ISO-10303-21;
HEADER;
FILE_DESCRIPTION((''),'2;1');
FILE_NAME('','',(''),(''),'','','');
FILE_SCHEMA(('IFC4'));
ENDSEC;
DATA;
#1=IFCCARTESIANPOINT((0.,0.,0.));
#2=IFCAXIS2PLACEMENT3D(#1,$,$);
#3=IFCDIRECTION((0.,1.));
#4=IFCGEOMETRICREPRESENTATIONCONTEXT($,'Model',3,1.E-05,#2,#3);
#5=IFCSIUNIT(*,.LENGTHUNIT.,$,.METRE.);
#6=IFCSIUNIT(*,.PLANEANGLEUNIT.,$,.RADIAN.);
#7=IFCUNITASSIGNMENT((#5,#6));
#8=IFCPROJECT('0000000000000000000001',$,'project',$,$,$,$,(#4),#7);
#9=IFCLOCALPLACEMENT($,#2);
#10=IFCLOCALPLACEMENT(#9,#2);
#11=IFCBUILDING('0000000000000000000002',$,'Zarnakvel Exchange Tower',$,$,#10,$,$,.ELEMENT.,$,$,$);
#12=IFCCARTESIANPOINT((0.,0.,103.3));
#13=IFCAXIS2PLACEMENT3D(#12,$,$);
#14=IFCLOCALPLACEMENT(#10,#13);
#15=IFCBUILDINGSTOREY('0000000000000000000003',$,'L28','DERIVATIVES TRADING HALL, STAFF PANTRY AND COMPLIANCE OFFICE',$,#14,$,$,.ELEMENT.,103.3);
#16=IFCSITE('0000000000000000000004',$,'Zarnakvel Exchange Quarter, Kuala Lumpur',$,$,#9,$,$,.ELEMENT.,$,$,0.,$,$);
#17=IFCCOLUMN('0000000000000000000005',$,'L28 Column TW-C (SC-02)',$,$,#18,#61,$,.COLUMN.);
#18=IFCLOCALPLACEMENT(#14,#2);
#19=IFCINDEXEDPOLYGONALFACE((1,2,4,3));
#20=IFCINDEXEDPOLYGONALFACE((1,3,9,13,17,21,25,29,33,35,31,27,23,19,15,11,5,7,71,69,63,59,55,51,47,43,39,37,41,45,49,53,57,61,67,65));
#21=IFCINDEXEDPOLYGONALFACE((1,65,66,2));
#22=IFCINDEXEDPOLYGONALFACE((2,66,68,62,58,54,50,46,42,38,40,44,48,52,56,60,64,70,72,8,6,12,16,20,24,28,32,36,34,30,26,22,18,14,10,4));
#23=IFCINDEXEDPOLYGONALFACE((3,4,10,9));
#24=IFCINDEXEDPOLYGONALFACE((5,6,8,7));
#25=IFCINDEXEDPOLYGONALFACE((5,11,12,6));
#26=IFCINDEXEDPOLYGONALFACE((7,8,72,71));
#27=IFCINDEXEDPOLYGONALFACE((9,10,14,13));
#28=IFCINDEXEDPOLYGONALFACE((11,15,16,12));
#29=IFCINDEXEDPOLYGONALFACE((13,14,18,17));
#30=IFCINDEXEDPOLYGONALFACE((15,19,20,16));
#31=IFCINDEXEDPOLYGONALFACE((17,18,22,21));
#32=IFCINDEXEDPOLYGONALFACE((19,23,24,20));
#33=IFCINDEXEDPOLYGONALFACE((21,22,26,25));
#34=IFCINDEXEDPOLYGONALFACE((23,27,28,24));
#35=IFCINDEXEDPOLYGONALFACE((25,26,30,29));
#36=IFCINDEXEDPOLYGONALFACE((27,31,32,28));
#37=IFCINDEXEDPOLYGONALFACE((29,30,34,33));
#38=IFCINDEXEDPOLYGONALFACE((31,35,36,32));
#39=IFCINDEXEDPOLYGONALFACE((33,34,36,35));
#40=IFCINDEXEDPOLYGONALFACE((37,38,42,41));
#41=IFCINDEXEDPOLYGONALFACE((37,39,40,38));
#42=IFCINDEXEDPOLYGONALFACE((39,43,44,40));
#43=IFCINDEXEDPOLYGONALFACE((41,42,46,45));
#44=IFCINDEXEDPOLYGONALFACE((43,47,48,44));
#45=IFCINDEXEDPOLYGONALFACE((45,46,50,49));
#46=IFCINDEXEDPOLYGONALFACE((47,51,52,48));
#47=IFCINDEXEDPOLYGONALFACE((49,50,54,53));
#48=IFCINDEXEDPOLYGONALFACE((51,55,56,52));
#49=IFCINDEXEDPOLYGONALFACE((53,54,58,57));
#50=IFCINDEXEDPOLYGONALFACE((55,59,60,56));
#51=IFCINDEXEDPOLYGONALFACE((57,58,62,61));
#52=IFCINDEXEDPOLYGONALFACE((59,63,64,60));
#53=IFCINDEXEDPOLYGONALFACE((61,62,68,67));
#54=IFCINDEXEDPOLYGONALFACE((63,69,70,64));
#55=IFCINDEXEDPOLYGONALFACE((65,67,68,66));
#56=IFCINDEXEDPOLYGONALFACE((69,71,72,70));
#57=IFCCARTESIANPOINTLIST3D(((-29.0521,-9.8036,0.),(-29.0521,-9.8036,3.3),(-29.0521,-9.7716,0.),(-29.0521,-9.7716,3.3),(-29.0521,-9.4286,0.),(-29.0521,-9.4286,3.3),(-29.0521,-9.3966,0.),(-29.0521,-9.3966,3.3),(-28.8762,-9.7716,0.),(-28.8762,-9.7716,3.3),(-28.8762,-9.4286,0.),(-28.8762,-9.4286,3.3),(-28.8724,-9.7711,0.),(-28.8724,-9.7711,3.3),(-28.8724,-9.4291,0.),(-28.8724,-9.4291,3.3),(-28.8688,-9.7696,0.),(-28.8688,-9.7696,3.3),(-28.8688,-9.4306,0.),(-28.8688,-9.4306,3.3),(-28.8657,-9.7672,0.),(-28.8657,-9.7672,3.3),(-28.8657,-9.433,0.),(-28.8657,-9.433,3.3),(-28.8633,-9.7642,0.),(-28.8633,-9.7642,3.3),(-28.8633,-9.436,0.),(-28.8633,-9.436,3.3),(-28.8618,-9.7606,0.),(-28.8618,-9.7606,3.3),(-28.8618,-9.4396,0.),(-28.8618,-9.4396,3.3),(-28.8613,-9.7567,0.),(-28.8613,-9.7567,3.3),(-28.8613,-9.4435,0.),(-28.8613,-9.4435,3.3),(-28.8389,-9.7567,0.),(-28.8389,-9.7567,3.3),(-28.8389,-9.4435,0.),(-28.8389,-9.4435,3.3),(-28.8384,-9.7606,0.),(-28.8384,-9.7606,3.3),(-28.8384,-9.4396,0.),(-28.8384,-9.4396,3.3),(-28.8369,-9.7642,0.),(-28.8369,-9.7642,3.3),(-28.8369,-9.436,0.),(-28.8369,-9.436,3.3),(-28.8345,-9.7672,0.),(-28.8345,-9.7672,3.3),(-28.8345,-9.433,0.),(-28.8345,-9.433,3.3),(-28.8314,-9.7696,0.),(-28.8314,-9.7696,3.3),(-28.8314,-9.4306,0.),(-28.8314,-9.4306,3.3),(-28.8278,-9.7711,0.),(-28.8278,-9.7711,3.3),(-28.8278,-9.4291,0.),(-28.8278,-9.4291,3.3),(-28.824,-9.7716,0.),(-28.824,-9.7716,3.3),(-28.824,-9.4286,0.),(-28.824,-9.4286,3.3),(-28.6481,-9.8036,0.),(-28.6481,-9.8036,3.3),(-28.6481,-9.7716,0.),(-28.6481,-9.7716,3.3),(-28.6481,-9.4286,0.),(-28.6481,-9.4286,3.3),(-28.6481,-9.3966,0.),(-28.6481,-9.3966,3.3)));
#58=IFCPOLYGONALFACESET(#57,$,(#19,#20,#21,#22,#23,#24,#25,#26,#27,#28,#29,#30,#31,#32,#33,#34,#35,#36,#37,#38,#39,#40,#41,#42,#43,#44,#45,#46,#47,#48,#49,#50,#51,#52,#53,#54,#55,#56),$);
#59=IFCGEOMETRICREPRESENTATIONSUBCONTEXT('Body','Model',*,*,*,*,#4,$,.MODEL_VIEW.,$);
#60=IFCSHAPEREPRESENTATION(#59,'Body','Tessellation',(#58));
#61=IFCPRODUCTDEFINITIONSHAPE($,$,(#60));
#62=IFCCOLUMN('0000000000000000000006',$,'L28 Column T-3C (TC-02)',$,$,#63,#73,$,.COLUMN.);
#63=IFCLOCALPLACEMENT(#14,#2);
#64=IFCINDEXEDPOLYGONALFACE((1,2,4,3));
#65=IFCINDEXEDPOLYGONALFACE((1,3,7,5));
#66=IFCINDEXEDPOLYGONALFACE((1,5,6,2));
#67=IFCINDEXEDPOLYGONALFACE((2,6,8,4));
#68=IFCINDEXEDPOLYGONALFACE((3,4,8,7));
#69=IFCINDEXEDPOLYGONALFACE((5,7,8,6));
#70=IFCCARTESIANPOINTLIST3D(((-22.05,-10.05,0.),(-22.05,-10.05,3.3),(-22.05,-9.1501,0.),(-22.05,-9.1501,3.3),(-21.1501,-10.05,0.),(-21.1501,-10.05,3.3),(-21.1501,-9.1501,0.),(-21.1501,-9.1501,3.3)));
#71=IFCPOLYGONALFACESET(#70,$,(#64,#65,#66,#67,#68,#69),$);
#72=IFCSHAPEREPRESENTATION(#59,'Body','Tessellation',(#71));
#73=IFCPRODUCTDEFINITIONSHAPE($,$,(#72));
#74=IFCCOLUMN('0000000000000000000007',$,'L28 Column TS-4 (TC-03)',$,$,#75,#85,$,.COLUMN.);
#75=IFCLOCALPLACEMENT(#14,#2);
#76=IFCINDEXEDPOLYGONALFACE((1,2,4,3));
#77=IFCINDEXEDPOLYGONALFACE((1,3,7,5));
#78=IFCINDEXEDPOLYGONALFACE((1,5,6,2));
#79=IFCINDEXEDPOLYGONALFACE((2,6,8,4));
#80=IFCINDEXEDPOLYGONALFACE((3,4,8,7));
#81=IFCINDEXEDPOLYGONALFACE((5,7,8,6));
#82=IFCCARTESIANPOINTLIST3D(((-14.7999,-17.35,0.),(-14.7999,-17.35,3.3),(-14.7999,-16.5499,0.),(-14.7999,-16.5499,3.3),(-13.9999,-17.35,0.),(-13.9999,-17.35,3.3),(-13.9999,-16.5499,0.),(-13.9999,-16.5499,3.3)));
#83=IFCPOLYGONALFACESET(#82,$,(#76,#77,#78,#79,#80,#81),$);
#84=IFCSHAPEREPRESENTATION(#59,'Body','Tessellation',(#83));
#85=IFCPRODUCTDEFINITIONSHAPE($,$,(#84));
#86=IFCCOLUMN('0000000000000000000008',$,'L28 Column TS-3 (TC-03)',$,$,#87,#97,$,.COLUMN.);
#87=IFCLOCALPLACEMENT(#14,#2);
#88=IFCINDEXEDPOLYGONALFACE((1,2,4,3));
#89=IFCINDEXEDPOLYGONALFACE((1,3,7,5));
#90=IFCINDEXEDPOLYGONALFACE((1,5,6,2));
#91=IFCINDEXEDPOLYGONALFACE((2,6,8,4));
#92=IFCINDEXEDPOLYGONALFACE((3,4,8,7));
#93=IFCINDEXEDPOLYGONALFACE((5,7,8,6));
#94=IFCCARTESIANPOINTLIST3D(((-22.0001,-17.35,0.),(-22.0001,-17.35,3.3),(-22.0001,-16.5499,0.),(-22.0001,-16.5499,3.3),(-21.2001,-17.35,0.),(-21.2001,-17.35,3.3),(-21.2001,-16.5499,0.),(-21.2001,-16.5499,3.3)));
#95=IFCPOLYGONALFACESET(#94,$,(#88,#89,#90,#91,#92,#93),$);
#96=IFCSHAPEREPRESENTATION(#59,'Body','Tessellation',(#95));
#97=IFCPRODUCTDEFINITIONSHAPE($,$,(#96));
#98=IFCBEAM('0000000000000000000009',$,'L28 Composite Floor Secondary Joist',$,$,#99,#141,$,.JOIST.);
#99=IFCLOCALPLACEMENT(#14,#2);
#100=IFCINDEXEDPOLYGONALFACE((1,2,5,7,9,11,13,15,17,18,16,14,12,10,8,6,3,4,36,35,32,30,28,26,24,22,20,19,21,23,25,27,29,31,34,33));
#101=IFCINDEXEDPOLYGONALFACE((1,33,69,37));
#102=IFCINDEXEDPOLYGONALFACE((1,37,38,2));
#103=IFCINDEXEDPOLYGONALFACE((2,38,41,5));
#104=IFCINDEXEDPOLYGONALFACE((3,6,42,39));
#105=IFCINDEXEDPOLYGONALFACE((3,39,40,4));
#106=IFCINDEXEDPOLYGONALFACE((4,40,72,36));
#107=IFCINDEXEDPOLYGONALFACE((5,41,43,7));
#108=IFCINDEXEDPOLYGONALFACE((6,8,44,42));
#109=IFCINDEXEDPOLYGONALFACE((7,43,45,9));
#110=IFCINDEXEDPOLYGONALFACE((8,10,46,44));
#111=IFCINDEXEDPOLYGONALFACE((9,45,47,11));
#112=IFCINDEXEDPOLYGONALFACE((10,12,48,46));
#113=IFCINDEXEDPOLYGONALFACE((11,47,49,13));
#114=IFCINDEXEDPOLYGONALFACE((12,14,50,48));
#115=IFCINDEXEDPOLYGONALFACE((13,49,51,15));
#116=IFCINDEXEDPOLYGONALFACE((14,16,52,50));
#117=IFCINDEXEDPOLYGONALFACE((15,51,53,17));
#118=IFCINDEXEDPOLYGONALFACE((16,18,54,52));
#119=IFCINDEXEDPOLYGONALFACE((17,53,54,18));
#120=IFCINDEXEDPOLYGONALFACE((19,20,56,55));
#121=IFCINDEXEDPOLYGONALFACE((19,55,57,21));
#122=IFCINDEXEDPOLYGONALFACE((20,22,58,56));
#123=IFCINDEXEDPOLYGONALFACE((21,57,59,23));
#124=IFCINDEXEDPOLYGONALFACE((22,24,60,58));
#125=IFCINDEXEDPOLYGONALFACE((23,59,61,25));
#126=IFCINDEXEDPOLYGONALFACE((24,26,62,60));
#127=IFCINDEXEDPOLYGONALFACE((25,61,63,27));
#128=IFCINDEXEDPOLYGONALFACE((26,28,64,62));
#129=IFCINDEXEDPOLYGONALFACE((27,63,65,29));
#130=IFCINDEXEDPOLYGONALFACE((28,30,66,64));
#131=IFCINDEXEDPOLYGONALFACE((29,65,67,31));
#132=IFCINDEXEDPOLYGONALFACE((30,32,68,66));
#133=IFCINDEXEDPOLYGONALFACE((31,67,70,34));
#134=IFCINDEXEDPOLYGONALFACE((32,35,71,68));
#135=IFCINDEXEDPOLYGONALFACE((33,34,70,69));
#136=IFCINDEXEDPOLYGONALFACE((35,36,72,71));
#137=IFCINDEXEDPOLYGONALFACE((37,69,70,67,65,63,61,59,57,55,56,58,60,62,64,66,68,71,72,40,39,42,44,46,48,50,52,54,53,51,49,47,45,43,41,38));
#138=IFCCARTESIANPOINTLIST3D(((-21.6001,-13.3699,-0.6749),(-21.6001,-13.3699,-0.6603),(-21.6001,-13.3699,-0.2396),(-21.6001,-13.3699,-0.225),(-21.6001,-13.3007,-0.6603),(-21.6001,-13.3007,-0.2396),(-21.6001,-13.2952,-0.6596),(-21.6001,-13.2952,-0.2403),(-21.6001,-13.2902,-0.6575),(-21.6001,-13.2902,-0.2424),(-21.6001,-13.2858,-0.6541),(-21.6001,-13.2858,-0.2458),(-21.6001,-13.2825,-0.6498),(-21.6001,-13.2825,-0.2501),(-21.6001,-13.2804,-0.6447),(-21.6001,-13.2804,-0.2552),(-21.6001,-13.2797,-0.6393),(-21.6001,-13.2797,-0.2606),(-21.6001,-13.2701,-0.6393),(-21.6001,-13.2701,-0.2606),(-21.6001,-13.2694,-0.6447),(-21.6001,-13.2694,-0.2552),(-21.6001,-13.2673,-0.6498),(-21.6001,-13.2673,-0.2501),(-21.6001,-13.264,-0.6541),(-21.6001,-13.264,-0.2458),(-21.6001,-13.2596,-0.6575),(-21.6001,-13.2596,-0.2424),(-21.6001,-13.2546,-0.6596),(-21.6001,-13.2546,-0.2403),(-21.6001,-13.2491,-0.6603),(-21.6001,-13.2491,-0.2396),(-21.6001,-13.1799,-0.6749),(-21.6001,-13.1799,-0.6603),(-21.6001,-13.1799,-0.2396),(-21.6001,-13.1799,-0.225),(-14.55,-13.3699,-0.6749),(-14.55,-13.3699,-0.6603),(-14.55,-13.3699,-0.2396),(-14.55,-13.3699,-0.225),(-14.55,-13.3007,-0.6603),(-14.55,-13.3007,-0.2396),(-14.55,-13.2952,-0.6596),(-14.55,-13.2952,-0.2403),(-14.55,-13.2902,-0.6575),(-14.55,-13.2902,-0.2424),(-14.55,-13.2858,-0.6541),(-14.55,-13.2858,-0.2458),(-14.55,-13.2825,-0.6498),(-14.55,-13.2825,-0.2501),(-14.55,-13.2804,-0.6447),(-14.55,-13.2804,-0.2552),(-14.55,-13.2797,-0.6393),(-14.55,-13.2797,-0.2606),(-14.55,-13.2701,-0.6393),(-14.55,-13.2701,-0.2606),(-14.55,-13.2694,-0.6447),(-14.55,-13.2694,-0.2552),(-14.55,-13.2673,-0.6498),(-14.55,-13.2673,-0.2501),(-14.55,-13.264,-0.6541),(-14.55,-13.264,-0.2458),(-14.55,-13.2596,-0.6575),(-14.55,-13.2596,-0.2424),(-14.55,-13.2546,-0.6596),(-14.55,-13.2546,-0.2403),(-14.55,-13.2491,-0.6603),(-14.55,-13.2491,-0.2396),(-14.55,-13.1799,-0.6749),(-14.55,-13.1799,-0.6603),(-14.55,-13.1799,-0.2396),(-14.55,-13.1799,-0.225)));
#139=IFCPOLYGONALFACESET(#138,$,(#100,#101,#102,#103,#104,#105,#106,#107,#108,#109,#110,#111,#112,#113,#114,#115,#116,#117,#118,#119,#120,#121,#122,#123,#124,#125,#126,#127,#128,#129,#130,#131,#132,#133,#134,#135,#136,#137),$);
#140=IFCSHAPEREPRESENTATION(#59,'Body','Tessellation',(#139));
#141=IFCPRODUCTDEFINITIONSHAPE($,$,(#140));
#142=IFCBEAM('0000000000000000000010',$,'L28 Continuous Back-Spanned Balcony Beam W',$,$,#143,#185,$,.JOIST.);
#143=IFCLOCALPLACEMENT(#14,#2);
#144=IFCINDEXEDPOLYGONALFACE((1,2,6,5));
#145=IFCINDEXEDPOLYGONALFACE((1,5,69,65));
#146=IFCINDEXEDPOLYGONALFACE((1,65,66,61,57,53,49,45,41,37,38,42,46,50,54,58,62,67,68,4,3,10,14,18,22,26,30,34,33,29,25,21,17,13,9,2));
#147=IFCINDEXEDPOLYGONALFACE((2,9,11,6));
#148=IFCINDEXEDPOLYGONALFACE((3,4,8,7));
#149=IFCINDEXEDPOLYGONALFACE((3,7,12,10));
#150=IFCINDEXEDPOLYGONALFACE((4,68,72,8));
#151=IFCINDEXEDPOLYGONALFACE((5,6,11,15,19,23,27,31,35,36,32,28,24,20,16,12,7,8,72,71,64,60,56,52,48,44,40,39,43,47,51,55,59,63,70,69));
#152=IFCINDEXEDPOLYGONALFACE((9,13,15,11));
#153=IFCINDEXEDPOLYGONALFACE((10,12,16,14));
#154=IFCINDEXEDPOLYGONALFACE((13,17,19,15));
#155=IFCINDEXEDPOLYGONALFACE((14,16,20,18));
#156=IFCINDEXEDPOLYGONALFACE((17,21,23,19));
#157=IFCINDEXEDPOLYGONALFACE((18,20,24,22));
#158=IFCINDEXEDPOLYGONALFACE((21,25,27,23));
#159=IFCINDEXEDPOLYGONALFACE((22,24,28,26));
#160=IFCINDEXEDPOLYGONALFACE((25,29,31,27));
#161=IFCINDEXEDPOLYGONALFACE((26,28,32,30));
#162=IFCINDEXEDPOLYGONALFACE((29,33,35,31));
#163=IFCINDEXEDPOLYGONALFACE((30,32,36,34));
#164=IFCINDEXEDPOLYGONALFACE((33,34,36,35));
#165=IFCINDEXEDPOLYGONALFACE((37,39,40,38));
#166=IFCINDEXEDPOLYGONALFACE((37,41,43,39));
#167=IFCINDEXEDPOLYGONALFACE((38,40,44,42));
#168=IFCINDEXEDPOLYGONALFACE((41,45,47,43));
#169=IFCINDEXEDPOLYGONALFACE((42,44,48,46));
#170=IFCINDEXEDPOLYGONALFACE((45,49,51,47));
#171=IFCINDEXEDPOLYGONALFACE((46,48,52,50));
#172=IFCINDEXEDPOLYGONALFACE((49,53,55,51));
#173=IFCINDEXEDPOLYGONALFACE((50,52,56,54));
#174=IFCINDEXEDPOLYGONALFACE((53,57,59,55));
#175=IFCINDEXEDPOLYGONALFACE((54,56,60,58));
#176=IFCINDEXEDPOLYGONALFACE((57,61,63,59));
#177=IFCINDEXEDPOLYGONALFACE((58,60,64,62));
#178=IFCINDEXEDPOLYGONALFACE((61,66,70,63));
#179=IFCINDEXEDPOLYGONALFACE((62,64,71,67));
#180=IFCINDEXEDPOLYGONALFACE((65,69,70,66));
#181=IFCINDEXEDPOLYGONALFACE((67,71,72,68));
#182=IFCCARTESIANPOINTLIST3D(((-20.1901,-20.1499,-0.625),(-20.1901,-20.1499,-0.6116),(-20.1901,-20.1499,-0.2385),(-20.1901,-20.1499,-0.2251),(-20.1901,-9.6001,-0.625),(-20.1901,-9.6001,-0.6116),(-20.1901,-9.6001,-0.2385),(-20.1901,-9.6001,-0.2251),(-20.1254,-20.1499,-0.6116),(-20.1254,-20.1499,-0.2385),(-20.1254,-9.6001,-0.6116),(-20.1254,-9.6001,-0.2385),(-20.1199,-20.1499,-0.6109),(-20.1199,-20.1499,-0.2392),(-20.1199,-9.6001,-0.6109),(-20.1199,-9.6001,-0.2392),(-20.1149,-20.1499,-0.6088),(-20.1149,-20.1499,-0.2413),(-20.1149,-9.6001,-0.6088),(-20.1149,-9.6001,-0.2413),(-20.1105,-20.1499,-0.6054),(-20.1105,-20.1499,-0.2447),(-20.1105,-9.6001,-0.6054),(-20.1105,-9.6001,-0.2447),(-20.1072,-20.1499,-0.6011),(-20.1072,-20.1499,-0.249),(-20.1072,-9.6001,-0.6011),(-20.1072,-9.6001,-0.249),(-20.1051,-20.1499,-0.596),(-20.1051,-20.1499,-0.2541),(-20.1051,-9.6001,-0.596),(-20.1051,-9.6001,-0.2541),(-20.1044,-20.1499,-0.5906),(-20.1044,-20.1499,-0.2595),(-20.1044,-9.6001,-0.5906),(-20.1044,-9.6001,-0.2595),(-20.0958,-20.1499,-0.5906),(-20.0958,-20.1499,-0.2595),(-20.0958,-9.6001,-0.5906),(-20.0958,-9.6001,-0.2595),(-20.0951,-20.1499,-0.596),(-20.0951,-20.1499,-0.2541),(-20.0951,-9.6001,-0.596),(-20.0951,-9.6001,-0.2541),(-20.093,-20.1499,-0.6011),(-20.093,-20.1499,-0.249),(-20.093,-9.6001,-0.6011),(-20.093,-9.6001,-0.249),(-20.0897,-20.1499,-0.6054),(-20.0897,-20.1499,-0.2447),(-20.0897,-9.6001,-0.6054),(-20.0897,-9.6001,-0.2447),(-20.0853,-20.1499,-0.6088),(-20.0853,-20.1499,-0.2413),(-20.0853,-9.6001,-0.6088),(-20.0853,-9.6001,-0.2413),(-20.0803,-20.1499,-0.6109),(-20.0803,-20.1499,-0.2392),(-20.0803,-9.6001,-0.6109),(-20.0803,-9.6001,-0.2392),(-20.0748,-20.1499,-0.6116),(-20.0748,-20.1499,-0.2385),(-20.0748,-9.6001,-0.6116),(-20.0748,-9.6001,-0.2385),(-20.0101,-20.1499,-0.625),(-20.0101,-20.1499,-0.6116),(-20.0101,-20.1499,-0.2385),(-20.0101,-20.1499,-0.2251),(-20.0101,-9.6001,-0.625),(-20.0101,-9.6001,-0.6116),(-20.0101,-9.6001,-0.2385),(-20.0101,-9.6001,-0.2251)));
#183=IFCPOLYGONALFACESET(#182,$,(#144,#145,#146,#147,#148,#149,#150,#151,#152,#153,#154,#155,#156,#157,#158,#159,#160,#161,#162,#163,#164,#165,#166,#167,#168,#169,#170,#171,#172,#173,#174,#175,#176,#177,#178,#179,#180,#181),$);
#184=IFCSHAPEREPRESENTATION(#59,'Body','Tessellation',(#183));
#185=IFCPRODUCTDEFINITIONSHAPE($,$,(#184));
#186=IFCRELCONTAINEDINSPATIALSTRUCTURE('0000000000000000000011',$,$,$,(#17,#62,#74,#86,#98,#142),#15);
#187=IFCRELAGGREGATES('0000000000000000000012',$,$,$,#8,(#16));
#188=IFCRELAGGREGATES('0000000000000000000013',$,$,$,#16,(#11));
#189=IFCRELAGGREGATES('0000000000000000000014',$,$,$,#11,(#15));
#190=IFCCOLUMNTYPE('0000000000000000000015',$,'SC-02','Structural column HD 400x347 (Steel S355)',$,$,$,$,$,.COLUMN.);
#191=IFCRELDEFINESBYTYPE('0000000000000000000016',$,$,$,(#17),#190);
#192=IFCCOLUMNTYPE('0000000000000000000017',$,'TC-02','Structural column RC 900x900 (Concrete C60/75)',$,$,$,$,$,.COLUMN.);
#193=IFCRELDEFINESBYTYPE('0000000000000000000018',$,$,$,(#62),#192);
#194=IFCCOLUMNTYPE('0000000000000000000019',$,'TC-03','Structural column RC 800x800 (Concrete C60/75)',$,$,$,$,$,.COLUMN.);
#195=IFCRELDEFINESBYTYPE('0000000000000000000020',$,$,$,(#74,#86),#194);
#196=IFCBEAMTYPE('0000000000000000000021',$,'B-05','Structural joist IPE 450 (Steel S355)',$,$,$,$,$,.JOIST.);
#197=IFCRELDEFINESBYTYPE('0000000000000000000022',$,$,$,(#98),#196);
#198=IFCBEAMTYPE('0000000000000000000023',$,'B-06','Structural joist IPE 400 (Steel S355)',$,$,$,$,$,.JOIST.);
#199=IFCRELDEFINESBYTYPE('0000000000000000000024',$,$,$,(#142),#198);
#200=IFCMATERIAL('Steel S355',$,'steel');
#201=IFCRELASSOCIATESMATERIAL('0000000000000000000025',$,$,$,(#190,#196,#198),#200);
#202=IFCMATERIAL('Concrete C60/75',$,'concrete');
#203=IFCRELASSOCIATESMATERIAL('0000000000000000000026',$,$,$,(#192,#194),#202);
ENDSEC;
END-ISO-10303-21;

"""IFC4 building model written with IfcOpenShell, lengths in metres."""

from ifc_helpers import new_model, si_unit, direction, frame, origin, origin_2d, place, context, subcontext, project, spatial, rectangle, i_section, extrude, material, material_profile, profile_set, type_object, element, save


model = new_model("IFC4")

# Units and contexts
model_context = context("Model", 3, precision=1e-05, world=origin(), true_north=direction((0.0, 1.0)))
body_context = subcontext(model_context, "Body", "Model", "MODEL_VIEW")
ifc_project = project(units=[si_unit("LENGTHUNIT", "METRE"), si_unit("PLANEANGLEUNIT", "RADIAN")], contexts=[model_context])

# Site, building, storey
site_placement = place(None, origin())
site = spatial("IfcSite", under=ifc_project, at=site_placement, Name="Zarnakvel Exchange Quarter, Kuala Lumpur", CompositionType="ELEMENT", RefElevation=0.0)
building_placement = place(site_placement, origin())
building = spatial("IfcBuilding", under=site, at=building_placement, Name="Zarnakvel Exchange Tower", CompositionType="ELEMENT")
storey_placement = place(building_placement, frame((0.0, 0.0, 103.3)))
storey = spatial("IfcBuildingStorey", under=building, at=storey_placement, Name="L28", Description="DERIVATIVES TRADING HALL, STAFF PANTRY AND COMPLIANCE OFFICE", CompositionType="ELEMENT", Elevation=103.3)

# Columns
ifc_material_1 = material(Name="Steel S355", Category="steel")
ifc_material_profile_1 = material_profile(ifc_material_1, i_section(OverallWidth=0.4041, OverallDepth=0.407, WebThickness=0.0225, FlangeThickness=0.032, FilletRadius=0.0149, at=origin_2d()))
ifc_profile_set_1 = profile_set([ifc_material_profile_1], Name="Steel S355")
column_type_1 = type_object("IfcColumnType", Name="SC-02", Description="Structural column HD 400x347 (Steel S355)", PredefinedType="COLUMN", material=ifc_profile_set_1)
column_1_placement = place(storey_placement, frame((-28.8501, -9.6001, 0.0), z_axis=(0.0, 0.0, 1.0), x_axis=(1.0, 0.0, 0.0)))
element("IfcColumn", 1, at=column_1_placement, inside=storey, type_object=column_type_1, Name="L28 Column TW-C (SC-02)", PredefinedType="COLUMN", context=body_context, shape_type="SweptSolid", body=[
    extrude(i_section(OverallWidth=0.4041, OverallDepth=0.407, WebThickness=0.0225, FlangeThickness=0.032, FilletRadius=0.0149, at=origin_2d()), origin(), (0.0, 0.0, 1.0), 3.3),
])
ifc_material_2 = material(Name="Concrete C60/75", Category="concrete")
ifc_material_profile_2 = material_profile(ifc_material_2, rectangle(XDim=0.8999, YDim=0.8999, at=origin_2d()))
ifc_profile_set_2 = profile_set([ifc_material_profile_2], Name="Concrete C60/75")
column_type_2 = type_object("IfcColumnType", Name="TC-02", Description="Structural column RC 900x900 (Concrete C60/75)", PredefinedType="COLUMN", material=ifc_profile_set_2)
column_2_placement = place(storey_placement, frame((-21.6001, -9.6001, 0.0), z_axis=(0.0, 0.0, 1.0), x_axis=(1.0, 0.0, 0.0)))
element("IfcColumn", 2, at=column_2_placement, inside=storey, type_object=column_type_2, Name="L28 Column T-3C (TC-02)", PredefinedType="COLUMN", context=body_context, shape_type="SweptSolid", body=[
    extrude(rectangle(XDim=0.8999, YDim=0.8999, at=origin_2d()), origin(), (0.0, 0.0, 1.0), 3.3),
])
ifc_material_profile_3 = material_profile(ifc_material_2, rectangle(XDim=0.8, YDim=0.8, at=origin_2d()))
ifc_profile_set_3 = profile_set([ifc_material_profile_3], Name="Concrete C60/75")
column_type_3 = type_object("IfcColumnType", Name="TC-03", Description="Structural column RC 800x800 (Concrete C60/75)", PredefinedType="COLUMN", material=ifc_profile_set_3)
for number, where, z_axis, x_axis, name in (
    (3, (-14.3999, -16.95, 0.0), (0.0, 0.0, 1.0), (1.0, 0.0, 0.0), "L28 Column TS-4 (TC-03)"),
    (4, (-21.6001, -16.95, 0.0), (0.0, 0.0, 1.0), (1.0, 0.0, 0.0), "L28 Column TS-3 (TC-03)"),
):
    element("IfcColumn", number, at=place(storey_placement, frame(where, z_axis=z_axis, x_axis=x_axis)), inside=storey, type_object=column_type_3, Name=name, PredefinedType="COLUMN", context=body_context, shape_type="SweptSolid", body=[
        extrude(rectangle(XDim=0.8, YDim=0.8, at=origin_2d()), origin(), (0.0, 0.0, 1.0), 3.3),
    ])

# Beams
ifc_material_profile_4 = material_profile(ifc_material_1, i_section(OverallWidth=0.1899, OverallDepth=0.45, WebThickness=0.0095, FlangeThickness=0.0146, FilletRadius=0.021, at=origin_2d()))
ifc_profile_set_4 = profile_set([ifc_material_profile_4], Name="Steel S355")
beam_type_1 = type_object("IfcBeamType", Name="B-05", Description="Structural joist IPE 450 (Steel S355)", PredefinedType="JOIST", material=ifc_profile_set_4)
beam_1_placement = place(storey_placement, frame((-21.6001, -13.2749, -0.45), z_axis=(1.0, 0.0, 0.0), x_axis=(0.0, 1.0, 0.0)))
element("IfcBeam", 5, at=beam_1_placement, inside=storey, type_object=beam_type_1, Name="L28 Composite Floor Secondary Joist", PredefinedType="JOIST", context=body_context, shape_type="SweptSolid", body=[
    extrude(i_section(OverallWidth=0.1899, OverallDepth=0.45, WebThickness=0.0095, FlangeThickness=0.0146, FilletRadius=0.021, at=origin_2d()), origin(), (0.0, 0.0, 1.0), 7.05),
])
ifc_material_profile_5 = material_profile(ifc_material_1, i_section(OverallWidth=0.1799, OverallDepth=0.3999, WebThickness=0.0085, FlangeThickness=0.0134, FilletRadius=0.021, at=origin_2d()))
ifc_profile_set_5 = profile_set([ifc_material_profile_5], Name="Steel S355")
beam_type_2 = type_object("IfcBeamType", Name="B-06", Description="Structural joist IPE 400 (Steel S355)", PredefinedType="JOIST", material=ifc_profile_set_5)
beam_2_placement = place(storey_placement, frame((-20.1001, -9.6001, -0.425), z_axis=(0.0, -1.0, 0.0), x_axis=(1.0, 0.0, 0.0)))
element("IfcBeam", 6, at=beam_2_placement, inside=storey, type_object=beam_type_2, Name="L28 Continuous Back-Spanned Balcony Beam W", PredefinedType="JOIST", context=body_context, shape_type="SweptSolid", body=[
    extrude(i_section(OverallWidth=0.1799, OverallDepth=0.3999, WebThickness=0.0085, FlangeThickness=0.0134, FilletRadius=0.021, at=origin_2d()), origin(), (0.0, 0.0, 1.0), 10.5498),
])

save(model, "model.ifc")
